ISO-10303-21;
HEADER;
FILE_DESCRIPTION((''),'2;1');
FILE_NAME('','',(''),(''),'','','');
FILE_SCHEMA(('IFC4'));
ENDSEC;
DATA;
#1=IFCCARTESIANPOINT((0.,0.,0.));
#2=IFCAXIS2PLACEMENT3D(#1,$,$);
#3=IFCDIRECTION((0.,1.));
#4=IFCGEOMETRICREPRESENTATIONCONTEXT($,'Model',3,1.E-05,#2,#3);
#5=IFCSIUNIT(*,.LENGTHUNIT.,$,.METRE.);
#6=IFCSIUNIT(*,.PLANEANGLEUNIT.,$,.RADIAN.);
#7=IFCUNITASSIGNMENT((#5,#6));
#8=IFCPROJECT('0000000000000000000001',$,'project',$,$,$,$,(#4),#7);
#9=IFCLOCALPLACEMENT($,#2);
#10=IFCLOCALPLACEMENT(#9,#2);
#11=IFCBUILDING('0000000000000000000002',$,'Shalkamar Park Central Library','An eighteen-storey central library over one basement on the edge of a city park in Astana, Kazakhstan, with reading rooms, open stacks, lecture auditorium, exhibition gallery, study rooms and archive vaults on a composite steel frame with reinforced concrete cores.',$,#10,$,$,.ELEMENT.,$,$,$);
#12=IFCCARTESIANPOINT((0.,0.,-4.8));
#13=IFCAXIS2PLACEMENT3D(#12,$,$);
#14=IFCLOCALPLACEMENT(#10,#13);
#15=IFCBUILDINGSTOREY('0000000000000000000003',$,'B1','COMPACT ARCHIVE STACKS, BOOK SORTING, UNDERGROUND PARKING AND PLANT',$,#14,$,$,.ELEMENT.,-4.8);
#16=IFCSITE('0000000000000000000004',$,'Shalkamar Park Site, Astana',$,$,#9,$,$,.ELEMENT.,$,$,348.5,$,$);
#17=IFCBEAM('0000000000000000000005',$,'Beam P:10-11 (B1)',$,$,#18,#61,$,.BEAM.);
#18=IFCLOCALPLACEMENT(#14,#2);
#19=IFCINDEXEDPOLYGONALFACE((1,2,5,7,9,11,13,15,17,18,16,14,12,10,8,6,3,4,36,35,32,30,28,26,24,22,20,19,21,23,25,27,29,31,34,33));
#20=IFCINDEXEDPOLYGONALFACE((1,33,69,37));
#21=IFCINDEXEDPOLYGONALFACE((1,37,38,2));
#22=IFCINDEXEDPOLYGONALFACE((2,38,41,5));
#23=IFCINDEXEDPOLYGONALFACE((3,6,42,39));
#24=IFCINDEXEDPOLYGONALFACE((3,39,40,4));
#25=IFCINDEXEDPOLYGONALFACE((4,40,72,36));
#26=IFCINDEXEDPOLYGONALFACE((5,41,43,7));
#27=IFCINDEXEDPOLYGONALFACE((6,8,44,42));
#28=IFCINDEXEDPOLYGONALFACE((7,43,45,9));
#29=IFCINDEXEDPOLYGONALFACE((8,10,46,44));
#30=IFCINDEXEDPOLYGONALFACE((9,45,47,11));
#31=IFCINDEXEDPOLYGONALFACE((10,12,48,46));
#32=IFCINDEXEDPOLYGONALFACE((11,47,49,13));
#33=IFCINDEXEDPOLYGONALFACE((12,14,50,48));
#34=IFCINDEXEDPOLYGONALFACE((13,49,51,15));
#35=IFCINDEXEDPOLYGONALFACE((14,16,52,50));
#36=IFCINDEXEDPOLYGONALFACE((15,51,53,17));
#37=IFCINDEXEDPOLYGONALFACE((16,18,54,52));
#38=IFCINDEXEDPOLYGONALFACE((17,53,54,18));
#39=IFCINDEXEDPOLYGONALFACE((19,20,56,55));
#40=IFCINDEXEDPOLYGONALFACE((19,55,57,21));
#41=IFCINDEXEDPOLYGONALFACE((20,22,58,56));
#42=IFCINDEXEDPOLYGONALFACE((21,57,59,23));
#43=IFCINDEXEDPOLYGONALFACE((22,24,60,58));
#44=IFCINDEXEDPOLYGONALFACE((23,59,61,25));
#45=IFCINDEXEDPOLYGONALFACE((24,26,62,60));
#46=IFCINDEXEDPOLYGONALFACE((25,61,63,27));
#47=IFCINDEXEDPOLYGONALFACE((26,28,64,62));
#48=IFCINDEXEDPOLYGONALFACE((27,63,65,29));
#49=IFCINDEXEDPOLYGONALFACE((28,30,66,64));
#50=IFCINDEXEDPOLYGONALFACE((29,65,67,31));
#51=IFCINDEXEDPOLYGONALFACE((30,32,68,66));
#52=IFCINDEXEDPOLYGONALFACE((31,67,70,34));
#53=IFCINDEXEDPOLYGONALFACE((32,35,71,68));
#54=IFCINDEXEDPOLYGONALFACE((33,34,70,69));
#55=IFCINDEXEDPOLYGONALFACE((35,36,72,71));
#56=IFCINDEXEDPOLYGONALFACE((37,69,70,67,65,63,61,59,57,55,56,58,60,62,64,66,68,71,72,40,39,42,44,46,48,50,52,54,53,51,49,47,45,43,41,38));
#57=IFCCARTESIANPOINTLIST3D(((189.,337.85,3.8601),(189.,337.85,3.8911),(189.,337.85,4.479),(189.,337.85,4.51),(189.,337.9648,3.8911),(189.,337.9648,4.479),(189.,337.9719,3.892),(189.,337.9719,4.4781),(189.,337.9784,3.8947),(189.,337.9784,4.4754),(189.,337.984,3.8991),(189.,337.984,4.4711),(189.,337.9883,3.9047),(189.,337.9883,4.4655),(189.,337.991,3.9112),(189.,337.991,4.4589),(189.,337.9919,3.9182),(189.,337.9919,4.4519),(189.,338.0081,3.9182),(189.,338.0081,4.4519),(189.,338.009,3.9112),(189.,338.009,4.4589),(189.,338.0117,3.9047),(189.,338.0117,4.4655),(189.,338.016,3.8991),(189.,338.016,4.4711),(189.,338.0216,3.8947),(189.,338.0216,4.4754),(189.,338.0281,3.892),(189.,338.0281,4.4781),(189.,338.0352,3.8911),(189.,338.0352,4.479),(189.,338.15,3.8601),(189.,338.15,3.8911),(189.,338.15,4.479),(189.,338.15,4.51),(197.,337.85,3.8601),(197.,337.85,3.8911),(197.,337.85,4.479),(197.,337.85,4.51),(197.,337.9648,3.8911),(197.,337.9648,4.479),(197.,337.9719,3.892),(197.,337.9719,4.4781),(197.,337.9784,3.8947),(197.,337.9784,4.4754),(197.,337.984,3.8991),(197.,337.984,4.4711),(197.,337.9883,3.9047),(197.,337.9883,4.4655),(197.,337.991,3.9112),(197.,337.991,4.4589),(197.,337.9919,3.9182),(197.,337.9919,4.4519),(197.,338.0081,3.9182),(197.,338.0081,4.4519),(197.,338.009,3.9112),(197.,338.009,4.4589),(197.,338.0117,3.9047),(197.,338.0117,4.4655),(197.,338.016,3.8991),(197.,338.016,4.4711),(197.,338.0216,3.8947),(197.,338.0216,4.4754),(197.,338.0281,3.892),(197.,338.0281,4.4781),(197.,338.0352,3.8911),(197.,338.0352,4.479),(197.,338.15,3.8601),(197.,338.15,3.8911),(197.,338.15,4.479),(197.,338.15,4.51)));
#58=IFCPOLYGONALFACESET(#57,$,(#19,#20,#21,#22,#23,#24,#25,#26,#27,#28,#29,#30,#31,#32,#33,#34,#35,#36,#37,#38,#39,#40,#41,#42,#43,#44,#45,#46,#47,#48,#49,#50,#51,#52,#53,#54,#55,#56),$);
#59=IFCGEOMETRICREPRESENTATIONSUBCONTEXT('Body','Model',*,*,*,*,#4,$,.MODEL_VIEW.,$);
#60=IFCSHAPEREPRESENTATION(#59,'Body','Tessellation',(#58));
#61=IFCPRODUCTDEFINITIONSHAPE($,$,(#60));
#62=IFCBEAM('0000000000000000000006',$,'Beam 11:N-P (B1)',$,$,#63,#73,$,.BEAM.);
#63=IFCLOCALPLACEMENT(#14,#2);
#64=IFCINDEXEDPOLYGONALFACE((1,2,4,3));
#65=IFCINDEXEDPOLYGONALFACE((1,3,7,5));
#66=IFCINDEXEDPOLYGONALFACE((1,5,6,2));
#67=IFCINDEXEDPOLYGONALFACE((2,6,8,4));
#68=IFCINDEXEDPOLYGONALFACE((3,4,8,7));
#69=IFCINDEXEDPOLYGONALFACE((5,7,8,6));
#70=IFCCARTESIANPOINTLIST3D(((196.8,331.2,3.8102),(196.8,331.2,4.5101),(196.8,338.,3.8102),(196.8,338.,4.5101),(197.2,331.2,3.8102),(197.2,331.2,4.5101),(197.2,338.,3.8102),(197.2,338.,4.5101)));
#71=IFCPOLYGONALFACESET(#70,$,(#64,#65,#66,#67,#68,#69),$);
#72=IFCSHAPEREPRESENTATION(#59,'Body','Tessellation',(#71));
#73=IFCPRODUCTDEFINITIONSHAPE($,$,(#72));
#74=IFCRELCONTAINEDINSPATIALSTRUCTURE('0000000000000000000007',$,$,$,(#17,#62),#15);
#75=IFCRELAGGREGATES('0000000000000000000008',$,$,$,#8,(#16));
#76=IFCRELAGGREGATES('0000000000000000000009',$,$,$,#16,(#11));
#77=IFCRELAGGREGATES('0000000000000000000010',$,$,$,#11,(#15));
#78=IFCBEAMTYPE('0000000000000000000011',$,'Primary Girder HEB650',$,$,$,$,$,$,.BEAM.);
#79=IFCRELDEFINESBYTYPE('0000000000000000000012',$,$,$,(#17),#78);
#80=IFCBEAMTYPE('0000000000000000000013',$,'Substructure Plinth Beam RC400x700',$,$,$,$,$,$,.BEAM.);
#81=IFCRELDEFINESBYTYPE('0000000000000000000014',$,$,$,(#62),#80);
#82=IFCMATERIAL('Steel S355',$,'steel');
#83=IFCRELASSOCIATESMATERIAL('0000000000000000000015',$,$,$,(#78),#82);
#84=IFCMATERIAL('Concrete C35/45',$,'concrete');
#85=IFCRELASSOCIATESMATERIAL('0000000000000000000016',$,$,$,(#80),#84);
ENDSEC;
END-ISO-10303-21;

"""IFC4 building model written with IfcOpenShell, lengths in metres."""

from ifc_helpers import new_model, si_unit, direction, frame, origin, origin_2d, place, context, subcontext, project, spatial, rectangle, i_section, extrude, material, material_profile, profile_set, type_object, element, save


model = new_model("IFC4")

# Units and contexts
model_context = context("Model", 3, precision=1e-05, world=origin(), true_north=direction((0.0, 1.0)))
body_context = subcontext(model_context, "Body", "Model", "MODEL_VIEW")
ifc_project = project(units=[si_unit("LENGTHUNIT", "METRE"), si_unit("PLANEANGLEUNIT", "RADIAN")], contexts=[model_context])

# Site, building, storey
site_placement = place(None, origin())
site = spatial("IfcSite", under=ifc_project, at=site_placement, Name="Shalkamar Park Site, Astana", CompositionType="ELEMENT", RefElevation=348.5)
building_placement = place(site_placement, origin())
building = spatial("IfcBuilding", under=site, at=building_placement, Name="Shalkamar Park Central Library", Description="An eighteen-storey central library over one basement on the edge of a city park in Astana, Kazakhstan, with reading rooms, open stacks, lecture auditorium, exhibition gallery, study rooms and archive vaults on a composite steel frame with reinforced concrete cores.", CompositionType="ELEMENT")
storey_placement = place(building_placement, frame((0.0, 0.0, -4.8)))
storey = spatial("IfcBuildingStorey", under=building, at=storey_placement, Name="B1", Description="COMPACT ARCHIVE STACKS, BOOK SORTING, UNDERGROUND PARKING AND PLANT", CompositionType="ELEMENT", Elevation=-4.8)

# Shared definitions
ifc_material_1 = material(Name="Concrete C35/45", Category="concrete")

# Shared definitions
ifc_material_2 = material(Name="Steel S355", Category="steel")

# Beams
ifc_material_profile_1 = material_profile(ifc_material_2, i_section(OverallWidth=0.3, OverallDepth=0.6499, WebThickness=0.0161, FlangeThickness=0.031, FilletRadius=0.0271, at=origin_2d()), Name="HEB 650")
ifc_profile_set_1 = profile_set([ifc_material_profile_1], Name="Steel S355")
beam_type_1 = type_object("IfcBeamType", Name="Primary Girder HEB650", PredefinedType="BEAM", material=ifc_profile_set_1)
for number, where, z_axis, x_axis, name in (
    (1, (189.0, 338.0, 4.1851), (1.0, 0.0, 0.0), (0.0, 1.0, 0.0), "Beam P:10-11 (B1)"),
):
    element("IfcBeam", number, at=place(storey_placement, frame(where, z_axis=z_axis, x_axis=x_axis)), inside=storey, type_object=beam_type_1, Name=name, PredefinedType="BEAM", context=body_context, shape_type="SweptSolid", body=[
        extrude(i_section(OverallWidth=0.3, OverallDepth=0.6499, WebThickness=0.0161, FlangeThickness=0.031, FilletRadius=0.0271, at=origin_2d()), origin(), (0.0, 0.0, 1.0), 8.0),
    ])
ifc_material_profile_2 = material_profile(ifc_material_1, rectangle(XDim=0.3999, YDim=0.7, at=origin_2d()), Name="RC 400x700")
ifc_profile_set_2 = profile_set([ifc_material_profile_2], Name="Concrete C35/45")
beam_type_2 = type_object("IfcBeamType", Name="Substructure Plinth Beam RC400x700", PredefinedType="BEAM", material=ifc_profile_set_2)
beam_1_placement = place(storey_placement, frame((197.0, 331.2, 4.1602), z_axis=(0.0, 1.0, 0.0), x_axis=(-1.0, 0.0, 0.0)))
element("IfcBeam", 2, at=beam_1_placement, inside=storey, type_object=beam_type_2, Name="Beam 11:N-P (B1)", PredefinedType="BEAM", context=body_context, shape_type="SweptSolid", body=[
    extrude(rectangle(XDim=0.3999, YDim=0.7, at=origin_2d()), origin(), (0.0, 0.0, 1.0), 6.8),
])

save(model, "model.ifc")
